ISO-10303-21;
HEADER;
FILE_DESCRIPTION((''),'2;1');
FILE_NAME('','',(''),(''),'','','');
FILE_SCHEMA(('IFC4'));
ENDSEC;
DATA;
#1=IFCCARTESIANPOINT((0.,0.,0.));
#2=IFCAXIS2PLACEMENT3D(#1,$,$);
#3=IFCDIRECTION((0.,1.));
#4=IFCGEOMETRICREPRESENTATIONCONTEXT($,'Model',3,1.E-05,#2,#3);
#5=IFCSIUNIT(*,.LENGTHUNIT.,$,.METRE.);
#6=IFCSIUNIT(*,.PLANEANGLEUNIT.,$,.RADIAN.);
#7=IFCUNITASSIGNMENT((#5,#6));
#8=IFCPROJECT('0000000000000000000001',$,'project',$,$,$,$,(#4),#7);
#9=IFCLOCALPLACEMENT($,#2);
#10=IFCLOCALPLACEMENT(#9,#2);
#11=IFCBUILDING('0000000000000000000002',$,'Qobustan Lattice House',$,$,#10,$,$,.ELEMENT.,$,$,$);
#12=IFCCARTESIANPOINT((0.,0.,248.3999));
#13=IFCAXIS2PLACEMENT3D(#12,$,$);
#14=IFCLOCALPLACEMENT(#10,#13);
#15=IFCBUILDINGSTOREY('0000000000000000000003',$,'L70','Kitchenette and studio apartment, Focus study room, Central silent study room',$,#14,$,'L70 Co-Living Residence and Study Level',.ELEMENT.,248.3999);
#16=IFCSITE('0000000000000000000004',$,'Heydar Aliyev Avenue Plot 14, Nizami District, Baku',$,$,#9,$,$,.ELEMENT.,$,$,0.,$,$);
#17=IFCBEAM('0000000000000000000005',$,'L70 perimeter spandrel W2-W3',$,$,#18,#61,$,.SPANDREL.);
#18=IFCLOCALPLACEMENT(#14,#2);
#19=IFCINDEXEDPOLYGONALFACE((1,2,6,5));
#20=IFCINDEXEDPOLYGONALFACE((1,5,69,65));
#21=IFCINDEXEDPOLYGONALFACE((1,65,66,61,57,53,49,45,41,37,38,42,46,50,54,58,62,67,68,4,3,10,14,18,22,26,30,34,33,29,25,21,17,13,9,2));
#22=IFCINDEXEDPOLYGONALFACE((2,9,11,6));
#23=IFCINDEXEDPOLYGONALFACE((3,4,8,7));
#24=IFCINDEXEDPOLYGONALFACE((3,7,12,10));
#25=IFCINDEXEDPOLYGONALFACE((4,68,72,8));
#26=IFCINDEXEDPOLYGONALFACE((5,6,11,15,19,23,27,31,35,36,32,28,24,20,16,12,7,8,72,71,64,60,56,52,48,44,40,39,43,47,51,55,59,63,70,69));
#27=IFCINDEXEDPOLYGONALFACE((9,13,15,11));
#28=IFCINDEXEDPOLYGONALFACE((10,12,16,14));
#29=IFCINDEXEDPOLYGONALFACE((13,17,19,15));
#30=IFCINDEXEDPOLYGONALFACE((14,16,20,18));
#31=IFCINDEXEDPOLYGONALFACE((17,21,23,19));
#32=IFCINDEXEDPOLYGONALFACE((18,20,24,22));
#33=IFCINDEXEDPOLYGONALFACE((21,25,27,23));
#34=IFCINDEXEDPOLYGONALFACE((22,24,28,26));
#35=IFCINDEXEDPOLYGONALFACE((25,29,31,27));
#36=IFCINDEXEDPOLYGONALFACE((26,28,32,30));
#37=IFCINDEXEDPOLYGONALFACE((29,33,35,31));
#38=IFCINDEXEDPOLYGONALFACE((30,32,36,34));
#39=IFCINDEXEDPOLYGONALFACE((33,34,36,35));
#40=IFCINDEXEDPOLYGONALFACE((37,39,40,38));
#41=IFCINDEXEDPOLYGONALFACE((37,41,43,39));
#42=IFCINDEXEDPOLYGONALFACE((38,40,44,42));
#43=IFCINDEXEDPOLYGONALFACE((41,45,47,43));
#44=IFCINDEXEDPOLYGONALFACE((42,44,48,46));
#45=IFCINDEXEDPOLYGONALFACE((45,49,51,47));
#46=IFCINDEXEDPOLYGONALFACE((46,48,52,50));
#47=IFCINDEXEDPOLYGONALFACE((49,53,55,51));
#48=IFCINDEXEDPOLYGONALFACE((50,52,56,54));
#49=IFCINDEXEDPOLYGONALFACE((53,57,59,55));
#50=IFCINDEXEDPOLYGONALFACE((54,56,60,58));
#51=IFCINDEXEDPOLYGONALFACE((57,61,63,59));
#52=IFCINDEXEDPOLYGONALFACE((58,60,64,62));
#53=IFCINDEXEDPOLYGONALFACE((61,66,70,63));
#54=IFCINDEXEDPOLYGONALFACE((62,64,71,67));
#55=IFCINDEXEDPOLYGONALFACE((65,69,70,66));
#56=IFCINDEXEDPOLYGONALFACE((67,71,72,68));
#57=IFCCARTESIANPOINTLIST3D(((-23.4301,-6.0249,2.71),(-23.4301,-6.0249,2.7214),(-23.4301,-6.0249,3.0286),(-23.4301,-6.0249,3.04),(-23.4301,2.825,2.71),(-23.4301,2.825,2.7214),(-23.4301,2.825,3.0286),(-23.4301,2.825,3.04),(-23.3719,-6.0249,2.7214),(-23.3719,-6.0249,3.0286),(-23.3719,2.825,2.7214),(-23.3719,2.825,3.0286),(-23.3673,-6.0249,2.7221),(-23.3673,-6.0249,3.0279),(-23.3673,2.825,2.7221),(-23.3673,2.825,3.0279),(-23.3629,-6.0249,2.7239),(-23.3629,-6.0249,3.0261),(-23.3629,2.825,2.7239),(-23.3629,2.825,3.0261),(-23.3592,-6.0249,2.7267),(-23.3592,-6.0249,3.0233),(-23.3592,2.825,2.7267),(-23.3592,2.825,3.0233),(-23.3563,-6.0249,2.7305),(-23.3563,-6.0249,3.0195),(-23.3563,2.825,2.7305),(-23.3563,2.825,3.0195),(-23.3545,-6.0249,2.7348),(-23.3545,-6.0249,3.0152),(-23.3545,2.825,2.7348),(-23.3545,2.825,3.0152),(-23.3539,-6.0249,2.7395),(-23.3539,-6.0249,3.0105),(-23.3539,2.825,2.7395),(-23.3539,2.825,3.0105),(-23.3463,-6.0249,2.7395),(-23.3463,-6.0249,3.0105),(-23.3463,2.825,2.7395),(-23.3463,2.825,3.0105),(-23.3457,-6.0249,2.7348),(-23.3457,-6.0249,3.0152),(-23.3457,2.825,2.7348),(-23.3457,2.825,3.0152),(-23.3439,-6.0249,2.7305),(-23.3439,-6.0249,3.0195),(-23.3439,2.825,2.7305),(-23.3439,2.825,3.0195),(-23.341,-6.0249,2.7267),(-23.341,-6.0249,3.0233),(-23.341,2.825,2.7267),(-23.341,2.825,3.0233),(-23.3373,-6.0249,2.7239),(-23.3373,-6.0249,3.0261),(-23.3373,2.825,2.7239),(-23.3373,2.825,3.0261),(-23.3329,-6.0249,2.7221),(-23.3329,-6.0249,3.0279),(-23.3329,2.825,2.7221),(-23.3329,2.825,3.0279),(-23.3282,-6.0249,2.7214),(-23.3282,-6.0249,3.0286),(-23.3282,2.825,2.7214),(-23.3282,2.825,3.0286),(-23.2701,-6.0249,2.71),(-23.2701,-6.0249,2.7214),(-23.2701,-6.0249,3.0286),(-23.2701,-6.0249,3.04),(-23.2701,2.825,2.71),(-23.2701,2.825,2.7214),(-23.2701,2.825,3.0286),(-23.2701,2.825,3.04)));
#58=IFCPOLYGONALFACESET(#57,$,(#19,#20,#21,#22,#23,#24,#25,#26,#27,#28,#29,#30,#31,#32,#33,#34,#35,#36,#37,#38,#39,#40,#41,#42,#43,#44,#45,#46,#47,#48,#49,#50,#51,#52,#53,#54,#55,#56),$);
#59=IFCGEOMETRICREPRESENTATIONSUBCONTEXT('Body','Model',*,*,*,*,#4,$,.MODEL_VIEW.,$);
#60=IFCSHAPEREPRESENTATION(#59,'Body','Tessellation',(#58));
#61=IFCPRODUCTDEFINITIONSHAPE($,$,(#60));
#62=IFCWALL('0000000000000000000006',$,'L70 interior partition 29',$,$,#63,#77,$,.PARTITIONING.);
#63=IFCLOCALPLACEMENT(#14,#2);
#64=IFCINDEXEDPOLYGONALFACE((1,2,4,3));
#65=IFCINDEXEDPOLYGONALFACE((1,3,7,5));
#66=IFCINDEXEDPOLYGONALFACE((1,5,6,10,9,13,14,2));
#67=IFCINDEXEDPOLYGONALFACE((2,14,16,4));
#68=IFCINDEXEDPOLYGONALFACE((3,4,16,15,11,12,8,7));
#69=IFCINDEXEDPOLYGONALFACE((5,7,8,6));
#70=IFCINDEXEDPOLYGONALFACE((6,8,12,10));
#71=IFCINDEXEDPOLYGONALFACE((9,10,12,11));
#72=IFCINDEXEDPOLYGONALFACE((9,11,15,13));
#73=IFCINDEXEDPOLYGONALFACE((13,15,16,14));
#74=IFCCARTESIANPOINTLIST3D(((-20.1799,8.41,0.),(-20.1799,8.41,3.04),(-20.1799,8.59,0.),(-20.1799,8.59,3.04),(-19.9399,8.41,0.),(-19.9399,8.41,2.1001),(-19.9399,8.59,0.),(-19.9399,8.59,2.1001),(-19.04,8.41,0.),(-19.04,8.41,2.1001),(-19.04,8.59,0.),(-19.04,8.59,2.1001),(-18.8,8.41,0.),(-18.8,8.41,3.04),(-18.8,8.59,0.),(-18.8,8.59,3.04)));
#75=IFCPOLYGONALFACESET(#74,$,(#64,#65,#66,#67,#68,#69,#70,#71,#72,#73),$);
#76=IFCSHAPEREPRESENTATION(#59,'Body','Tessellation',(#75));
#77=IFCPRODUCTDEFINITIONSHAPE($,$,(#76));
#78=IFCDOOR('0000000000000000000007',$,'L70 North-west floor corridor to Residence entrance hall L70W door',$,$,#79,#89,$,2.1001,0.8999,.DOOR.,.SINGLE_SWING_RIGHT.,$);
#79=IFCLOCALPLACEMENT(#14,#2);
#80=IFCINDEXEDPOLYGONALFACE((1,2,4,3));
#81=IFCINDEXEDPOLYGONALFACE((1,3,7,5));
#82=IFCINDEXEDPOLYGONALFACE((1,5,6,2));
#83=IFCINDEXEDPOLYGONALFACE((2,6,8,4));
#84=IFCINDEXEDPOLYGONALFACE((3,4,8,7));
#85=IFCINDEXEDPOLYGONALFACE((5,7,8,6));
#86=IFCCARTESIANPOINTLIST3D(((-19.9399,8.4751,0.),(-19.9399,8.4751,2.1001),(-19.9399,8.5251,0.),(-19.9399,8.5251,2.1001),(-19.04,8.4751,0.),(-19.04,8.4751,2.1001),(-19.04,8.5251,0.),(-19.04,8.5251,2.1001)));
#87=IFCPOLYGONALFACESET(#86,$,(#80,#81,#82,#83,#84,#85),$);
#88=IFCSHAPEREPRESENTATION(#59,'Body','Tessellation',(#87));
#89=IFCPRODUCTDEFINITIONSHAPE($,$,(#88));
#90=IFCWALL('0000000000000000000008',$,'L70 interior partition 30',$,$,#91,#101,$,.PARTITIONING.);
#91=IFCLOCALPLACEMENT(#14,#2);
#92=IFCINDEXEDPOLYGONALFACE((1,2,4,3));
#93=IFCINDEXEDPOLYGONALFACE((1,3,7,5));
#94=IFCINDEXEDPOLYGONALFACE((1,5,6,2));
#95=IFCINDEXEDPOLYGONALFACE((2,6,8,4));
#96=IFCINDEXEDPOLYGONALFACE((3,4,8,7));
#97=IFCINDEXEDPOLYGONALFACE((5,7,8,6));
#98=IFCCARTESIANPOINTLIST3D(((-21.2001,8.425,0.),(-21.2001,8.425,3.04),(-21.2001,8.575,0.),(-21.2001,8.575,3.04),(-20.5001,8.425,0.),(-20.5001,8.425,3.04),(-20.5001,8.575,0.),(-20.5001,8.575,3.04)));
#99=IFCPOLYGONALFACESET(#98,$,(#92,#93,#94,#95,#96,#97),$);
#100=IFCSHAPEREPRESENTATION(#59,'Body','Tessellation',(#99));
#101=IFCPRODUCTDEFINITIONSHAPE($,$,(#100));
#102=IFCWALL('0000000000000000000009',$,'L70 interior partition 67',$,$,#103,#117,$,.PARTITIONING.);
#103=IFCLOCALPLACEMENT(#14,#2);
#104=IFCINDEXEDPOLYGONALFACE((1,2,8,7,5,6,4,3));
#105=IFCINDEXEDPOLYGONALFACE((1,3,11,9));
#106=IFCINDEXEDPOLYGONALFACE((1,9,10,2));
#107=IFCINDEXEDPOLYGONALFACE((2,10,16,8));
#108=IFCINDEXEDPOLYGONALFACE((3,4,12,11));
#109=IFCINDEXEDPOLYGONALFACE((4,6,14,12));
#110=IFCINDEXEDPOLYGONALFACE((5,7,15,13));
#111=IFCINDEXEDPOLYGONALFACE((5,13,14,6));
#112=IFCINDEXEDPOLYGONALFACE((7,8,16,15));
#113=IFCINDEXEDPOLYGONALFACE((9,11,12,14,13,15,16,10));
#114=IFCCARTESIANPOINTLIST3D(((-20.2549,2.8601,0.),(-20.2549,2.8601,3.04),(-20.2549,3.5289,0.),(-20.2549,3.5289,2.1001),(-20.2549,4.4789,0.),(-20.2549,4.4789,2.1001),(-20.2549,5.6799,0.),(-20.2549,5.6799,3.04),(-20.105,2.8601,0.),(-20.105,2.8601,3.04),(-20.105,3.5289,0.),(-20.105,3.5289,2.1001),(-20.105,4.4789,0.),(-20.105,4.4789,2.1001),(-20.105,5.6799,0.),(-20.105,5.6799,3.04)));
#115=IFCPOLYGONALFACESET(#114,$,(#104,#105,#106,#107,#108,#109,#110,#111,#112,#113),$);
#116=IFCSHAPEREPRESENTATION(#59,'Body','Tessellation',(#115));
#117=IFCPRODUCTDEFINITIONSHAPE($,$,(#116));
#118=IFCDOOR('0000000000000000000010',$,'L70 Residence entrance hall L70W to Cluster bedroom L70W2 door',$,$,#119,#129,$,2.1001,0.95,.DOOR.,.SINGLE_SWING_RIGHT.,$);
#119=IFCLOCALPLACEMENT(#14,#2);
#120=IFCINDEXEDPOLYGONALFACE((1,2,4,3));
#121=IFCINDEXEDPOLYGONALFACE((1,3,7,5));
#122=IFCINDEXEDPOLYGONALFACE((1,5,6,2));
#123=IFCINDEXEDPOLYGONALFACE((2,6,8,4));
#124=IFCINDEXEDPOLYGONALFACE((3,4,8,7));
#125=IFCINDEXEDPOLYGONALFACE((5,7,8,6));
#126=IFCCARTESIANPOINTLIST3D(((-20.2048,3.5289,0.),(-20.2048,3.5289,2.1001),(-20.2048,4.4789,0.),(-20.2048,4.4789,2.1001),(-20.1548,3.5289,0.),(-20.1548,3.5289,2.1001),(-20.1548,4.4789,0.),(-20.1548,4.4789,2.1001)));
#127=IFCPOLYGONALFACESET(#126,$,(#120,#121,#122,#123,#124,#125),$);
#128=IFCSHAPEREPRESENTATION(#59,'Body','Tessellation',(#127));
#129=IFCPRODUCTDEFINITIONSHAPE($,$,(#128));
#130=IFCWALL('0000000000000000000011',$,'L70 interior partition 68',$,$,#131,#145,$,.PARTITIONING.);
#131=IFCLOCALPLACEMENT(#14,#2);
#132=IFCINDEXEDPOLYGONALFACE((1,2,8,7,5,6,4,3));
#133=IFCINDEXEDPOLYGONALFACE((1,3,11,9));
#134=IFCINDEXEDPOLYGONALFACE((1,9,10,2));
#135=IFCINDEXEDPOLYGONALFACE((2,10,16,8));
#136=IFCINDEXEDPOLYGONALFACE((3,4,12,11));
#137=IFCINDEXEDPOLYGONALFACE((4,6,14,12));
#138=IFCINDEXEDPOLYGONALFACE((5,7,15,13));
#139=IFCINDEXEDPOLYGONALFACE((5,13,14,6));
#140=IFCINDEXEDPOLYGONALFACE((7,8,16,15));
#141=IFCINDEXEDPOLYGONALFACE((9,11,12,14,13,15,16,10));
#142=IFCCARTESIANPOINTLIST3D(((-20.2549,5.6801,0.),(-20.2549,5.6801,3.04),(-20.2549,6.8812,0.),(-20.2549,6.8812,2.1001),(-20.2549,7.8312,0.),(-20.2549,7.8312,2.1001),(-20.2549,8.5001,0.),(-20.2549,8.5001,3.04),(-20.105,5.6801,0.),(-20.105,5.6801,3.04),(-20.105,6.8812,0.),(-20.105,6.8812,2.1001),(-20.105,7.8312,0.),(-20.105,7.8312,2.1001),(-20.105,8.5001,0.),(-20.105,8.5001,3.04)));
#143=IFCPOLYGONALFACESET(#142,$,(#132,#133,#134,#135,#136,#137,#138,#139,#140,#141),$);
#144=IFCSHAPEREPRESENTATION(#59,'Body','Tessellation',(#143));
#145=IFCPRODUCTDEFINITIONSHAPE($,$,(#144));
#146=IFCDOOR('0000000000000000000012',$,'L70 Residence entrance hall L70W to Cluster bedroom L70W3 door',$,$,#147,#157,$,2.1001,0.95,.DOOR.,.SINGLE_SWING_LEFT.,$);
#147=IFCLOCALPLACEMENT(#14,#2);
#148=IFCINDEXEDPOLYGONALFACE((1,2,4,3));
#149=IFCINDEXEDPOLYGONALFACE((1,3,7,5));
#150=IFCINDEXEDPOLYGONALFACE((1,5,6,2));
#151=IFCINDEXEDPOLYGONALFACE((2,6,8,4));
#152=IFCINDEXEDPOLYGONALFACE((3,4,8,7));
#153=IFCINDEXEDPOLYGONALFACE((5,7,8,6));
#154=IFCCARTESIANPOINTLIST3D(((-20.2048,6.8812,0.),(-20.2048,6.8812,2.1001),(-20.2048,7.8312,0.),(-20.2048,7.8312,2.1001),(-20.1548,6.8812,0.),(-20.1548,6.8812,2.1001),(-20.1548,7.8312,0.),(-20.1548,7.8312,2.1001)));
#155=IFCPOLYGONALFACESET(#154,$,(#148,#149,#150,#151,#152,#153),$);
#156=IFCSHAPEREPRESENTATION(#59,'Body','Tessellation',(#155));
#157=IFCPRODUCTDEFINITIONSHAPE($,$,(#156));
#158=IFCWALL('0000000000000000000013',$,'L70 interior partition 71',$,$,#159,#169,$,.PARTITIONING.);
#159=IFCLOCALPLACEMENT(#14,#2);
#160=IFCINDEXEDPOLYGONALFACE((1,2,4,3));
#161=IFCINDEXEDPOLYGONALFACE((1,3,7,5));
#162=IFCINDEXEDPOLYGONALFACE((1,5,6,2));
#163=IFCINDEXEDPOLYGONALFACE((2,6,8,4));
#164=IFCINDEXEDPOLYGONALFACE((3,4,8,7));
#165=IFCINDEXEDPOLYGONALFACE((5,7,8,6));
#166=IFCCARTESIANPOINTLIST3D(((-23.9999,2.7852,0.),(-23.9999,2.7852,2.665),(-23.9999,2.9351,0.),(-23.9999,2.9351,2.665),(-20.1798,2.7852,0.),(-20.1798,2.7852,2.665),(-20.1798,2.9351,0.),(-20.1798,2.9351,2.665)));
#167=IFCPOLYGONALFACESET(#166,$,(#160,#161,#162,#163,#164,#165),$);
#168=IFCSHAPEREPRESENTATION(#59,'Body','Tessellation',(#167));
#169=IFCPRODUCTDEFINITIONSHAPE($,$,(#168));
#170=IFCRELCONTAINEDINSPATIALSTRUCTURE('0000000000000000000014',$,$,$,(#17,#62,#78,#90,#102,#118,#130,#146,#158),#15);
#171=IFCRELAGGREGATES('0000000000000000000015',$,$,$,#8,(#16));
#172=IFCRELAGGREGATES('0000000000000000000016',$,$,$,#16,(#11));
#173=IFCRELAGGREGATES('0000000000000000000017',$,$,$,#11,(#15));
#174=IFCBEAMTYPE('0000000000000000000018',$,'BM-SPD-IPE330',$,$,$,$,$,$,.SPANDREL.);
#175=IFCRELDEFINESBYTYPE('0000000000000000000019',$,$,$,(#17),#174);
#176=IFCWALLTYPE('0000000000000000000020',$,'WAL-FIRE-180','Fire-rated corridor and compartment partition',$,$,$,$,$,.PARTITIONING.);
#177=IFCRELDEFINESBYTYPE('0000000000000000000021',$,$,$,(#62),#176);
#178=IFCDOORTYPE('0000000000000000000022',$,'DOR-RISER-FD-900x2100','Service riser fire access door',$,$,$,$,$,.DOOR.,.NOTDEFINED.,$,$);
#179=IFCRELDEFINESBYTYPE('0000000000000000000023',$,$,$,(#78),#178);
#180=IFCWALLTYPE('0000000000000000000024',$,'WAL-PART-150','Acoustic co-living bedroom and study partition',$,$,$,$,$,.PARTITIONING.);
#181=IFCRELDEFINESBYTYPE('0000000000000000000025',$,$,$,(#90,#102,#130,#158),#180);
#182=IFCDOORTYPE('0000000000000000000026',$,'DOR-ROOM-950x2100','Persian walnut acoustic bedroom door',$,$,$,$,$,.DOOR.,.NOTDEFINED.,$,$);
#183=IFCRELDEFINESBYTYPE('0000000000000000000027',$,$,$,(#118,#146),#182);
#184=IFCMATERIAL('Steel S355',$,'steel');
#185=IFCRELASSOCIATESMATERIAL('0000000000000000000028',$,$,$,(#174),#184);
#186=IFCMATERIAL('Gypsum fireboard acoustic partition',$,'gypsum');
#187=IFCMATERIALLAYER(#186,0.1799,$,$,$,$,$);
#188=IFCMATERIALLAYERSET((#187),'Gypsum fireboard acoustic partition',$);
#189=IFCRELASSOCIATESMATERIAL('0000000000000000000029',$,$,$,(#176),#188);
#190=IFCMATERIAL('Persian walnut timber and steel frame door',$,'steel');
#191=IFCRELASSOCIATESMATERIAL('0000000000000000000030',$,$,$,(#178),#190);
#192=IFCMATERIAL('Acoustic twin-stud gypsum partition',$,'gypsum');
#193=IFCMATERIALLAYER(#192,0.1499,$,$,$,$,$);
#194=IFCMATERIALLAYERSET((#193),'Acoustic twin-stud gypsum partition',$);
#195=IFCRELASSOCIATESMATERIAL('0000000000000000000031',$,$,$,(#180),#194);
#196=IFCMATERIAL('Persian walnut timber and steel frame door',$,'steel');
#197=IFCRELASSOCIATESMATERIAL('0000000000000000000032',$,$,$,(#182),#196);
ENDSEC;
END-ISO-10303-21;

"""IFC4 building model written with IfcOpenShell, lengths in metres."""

from ifc_helpers import new_model, si_unit, direction, frame, frame_2d, origin, origin_2d, place, context, subcontext, project, spatial, rectangle, i_section, extrude, material, layer, layer_set, material_profile, profile_set, type_object, element, fill, save


model = new_model("IFC4")

# Units and contexts
model_context = context("Model", 3, precision=1e-05, world=origin(), true_north=direction((0.0, 1.0)))
body_context = subcontext(model_context, "Body", "Model", "MODEL_VIEW")
ifc_project = project(units=[si_unit("LENGTHUNIT", "METRE"), si_unit("PLANEANGLEUNIT", "RADIAN")], contexts=[model_context])

# Site, building, storey
site_placement = place(None, origin())
site = spatial("IfcSite", under=ifc_project, at=site_placement, Name="Heydar Aliyev Avenue Plot 14, Nizami District, Baku", CompositionType="ELEMENT", RefElevation=0.0)
building_placement = place(site_placement, origin())
building = spatial("IfcBuilding", under=site, at=building_placement, Name="Qobustan Lattice House", CompositionType="ELEMENT")
storey_placement = place(building_placement, frame((0.0, 0.0, 248.3999)))
storey = spatial("IfcBuildingStorey", under=building, at=storey_placement, Name="L70", Description="Kitchenette and studio apartment, Focus study room, Central silent study room", LongName="L70 Co-Living Residence and Study Level", CompositionType="ELEMENT", Elevation=248.3999)

# Beam
ifc_material_1 = material(Name="Steel S355", Category="steel")
ifc_material_profile_1 = material_profile(ifc_material_1, i_section(OverallWidth=0.1599, OverallDepth=0.3301, WebThickness=0.0076, FlangeThickness=0.0115, FilletRadius=0.0181, at=origin_2d()), Name="IPE330")
ifc_profile_set_1 = profile_set([ifc_material_profile_1], Name="Steel S355")
beam_type_1 = type_object("IfcBeamType", Name="BM-SPD-IPE330", PredefinedType="SPANDREL", material=ifc_profile_set_1)
beam_1_placement = place(storey_placement, frame((-23.3501, 2.825, 2.875), z_axis=(0.0, -1.0, 0.0), x_axis=(1.0, 0.0, 0.0)))
element("IfcBeam", 1, at=beam_1_placement, inside=storey, type_object=beam_type_1, Name="L70 perimeter spandrel W2-W3", PredefinedType="SPANDREL", context=body_context, shape_type="SweptSolid", body=[
    extrude(i_section(OverallWidth=0.1599, OverallDepth=0.3301, WebThickness=0.0076, FlangeThickness=0.0115, FilletRadius=0.0181, at=origin_2d()), origin(), (0.0, 0.0, 1.0), 8.8499),
])

# Wall, opening, door
ifc_material_2 = material(Name="Gypsum fireboard acoustic partition", Category="gypsum")
ifc_layer_1 = layer(ifc_material_2, 0.1799)
ifc_layer_set_1 = layer_set([ifc_layer_1], Name="Gypsum fireboard acoustic partition")
wall_type_1 = type_object("IfcWallType", Name="WAL-FIRE-180", Description="Fire-rated corridor and compartment partition", PredefinedType="PARTITIONING", material=ifc_layer_set_1)
wall_1_placement = place(storey_placement, frame((-18.8, 8.5, 0.0), z_axis=(0.0, 0.0, 1.0), x_axis=(-1.0, 0.0, 0.0)))
wall_1 = element("IfcWall", 2, at=wall_1_placement, inside=storey, type_object=wall_type_1, Name="L70 interior partition 29", PredefinedType="PARTITIONING", context=body_context, shape_type="SweptSolid", body=[
    extrude(rectangle(XDim=1.3799, YDim=0.1799, at=frame_2d((0.6899, 0.0))), origin(), (0.0, 0.0, 1.0), 3.04),
])
opening_1_placement = place(wall_1_placement, frame((0.24, 0.0, 0.0)))
opening_1 = element("IfcOpeningElement", 3, at=opening_1_placement, cuts=wall_1, PredefinedType="OPENING", context=body_context, shape_type="SweptSolid", body=[
    extrude(rectangle(XDim=0.8999, YDim=2.1001, at=frame_2d((0.45, 1.05))), frame((0.0, 0.0999, 0.0), z_axis=(0.0, -1.0, 0.0), x_axis=(1.0, 0.0, 0.0)), (0.0, 0.0, 1.0), 0.2),
])
ifc_material_3 = material(Name="Persian walnut timber and steel frame door", Category="steel")
door_type_1 = type_object("IfcDoorType", Name="DOR-RISER-FD-900x2100", Description="Service riser fire access door", OperationType="NOTDEFINED", PredefinedType="DOOR", material=ifc_material_3)
door_1_placement = place(opening_1_placement, origin())
door_1 = element("IfcDoor", 4, at=door_1_placement, inside=storey, type_object=door_type_1, Name="L70 North-west floor corridor to Residence entrance hall L70W door", OperationType="SINGLE_SWING_RIGHT", OverallHeight=2.1001, OverallWidth=0.8999, PredefinedType="DOOR", context=body_context, shape_type="SweptSolid", body=[
    extrude(rectangle(XDim=0.8999, YDim=2.1001, at=frame_2d((0.45, 1.05))), frame((0.0, 0.0249, 0.0), z_axis=(0.0, -1.0, 0.0), x_axis=(1.0, 0.0, 0.0)), (0.0, 0.0, 1.0), 0.05),
])
fill(opening_1, door_1)

# Wall
ifc_material_4 = material(Name="Acoustic twin-stud gypsum partition", Category="gypsum")
ifc_layer_2 = layer(ifc_material_4, 0.1499)
ifc_layer_set_2 = layer_set([ifc_layer_2], Name="Acoustic twin-stud gypsum partition")
wall_type_2 = type_object("IfcWallType", Name="WAL-PART-150", Description="Acoustic co-living bedroom and study partition", PredefinedType="PARTITIONING", material=ifc_layer_set_2)
wall_2_placement = place(storey_placement, frame((-20.5, 8.5, 0.0), z_axis=(0.0, 0.0, 1.0), x_axis=(-1.0, 0.0, 0.0)))
element("IfcWall", 5, at=wall_2_placement, inside=storey, type_object=wall_type_2, Name="L70 interior partition 30", PredefinedType="PARTITIONING", context=body_context, shape_type="SweptSolid", body=[
    extrude(rectangle(XDim=0.7, YDim=0.1499, at=frame_2d((0.3501, 0.0))), origin(), (0.0, 0.0, 1.0), 3.04),
])

# Walls, openings, doors
wall_3_placement = place(storey_placement, frame((-20.1799, 2.8601, 0.0), z_axis=(0.0, 0.0, 1.0), x_axis=(0.0, 1.0, 0.0)))
wall_3 = element("IfcWall", 6, at=wall_3_placement, inside=storey, type_object=wall_type_2, Name="L70 interior partition 67", PredefinedType="PARTITIONING", context=body_context, shape_type="SweptSolid", body=[
    extrude(rectangle(XDim=2.8198, YDim=0.1499, at=frame_2d((1.4099, 0.0))), origin(), (0.0, 0.0, 1.0), 3.04),
])
opening_2_placement = place(wall_3_placement, frame((0.6687, 0.0, 0.0)))
opening_2 = element("IfcOpeningElement", 7, at=opening_2_placement, cuts=wall_3, PredefinedType="OPENING", context=body_context, shape_type="SweptSolid", body=[
    extrude(rectangle(XDim=0.95, YDim=2.1001, at=frame_2d((0.4751, 1.05))), frame((0.0, 0.085, 0.0), z_axis=(0.0, -1.0, 0.0), x_axis=(1.0, 0.0, 0.0)), (0.0, 0.0, 1.0), 0.1699),
])
ifc_material_5 = material(Name="Persian walnut timber and steel frame door", Category="steel")
door_type_2 = type_object("IfcDoorType", Name="DOR-ROOM-950x2100", Description="Persian walnut acoustic bedroom door", OperationType="NOTDEFINED", PredefinedType="DOOR", material=ifc_material_5)
door_2_placement = place(opening_2_placement, origin())
door_2 = element("IfcDoor", 8, at=door_2_placement, inside=storey, type_object=door_type_2, Name="L70 Residence entrance hall L70W to Cluster bedroom L70W2 door", OperationType="SINGLE_SWING_RIGHT", OverallHeight=2.1001, OverallWidth=0.95, PredefinedType="DOOR", context=body_context, shape_type="SweptSolid", body=[
    extrude(rectangle(XDim=0.95, YDim=2.1001, at=frame_2d((0.4751, 1.05))), frame((0.0, 0.0249, 0.0), z_axis=(0.0, -1.0, 0.0), x_axis=(1.0, 0.0, 0.0)), (0.0, 0.0, 1.0), 0.05),
])
fill(opening_2, door_2)
wall_4_placement = place(storey_placement, frame((-20.1799, 5.6799, 0.0), z_axis=(0.0, 0.0, 1.0), x_axis=(0.0, 1.0, 0.0)))
wall_4 = element("IfcWall", 9, at=wall_4_placement, inside=storey, type_object=wall_type_2, Name="L70 interior partition 68", PredefinedType="PARTITIONING", context=body_context, shape_type="SweptSolid", body=[
    extrude(rectangle(XDim=2.8201, YDim=0.1499, at=frame_2d((1.4102, 0.0))), origin(), (0.0, 0.0, 1.0), 3.04),
])
opening_3_placement = place(wall_4_placement, frame((1.2012, 0.0, 0.0)))
opening_3 = element("IfcOpeningElement", 10, at=opening_3_placement, cuts=wall_4, PredefinedType="OPENING", context=body_context, shape_type="SweptSolid", body=[
    extrude(rectangle(XDim=0.95, YDim=2.1001, at=frame_2d((0.4751, 1.05))), frame((0.0, 0.085, 0.0), z_axis=(0.0, -1.0, 0.0), x_axis=(1.0, 0.0, 0.0)), (0.0, 0.0, 1.0), 0.1699),
])
door_3_placement = place(opening_3_placement, origin())
door_3 = element("IfcDoor", 11, at=door_3_placement, inside=storey, type_object=door_type_2, Name="L70 Residence entrance hall L70W to Cluster bedroom L70W3 door", OperationType="SINGLE_SWING_LEFT", OverallHeight=2.1001, OverallWidth=0.95, PredefinedType="DOOR", context=body_context, shape_type="SweptSolid", body=[
    extrude(rectangle(XDim=0.95, YDim=2.1001, at=frame_2d((0.4751, 1.05))), frame((0.0, 0.0249, 0.0), z_axis=(0.0, -1.0, 0.0), x_axis=(1.0, 0.0, 0.0)), (0.0, 0.0, 1.0), 0.05),
])
fill(opening_3, door_3)

# Wall
wall_5_placement = place(storey_placement, frame((-24.0, 2.8601, 0.0), z_axis=(0.0, 0.0, 1.0), x_axis=(1.0, 0.0, 0.0)))
element("IfcWall", 12, at=wall_5_placement, inside=storey, type_object=wall_type_2, Name="L70 interior partition 71", PredefinedType="PARTITIONING", context=body_context, shape_type="SweptSolid", body=[
    extrude(rectangle(XDim=3.8201, YDim=0.1499, at=frame_2d((1.9102, 0.0))), origin(), (0.0, 0.0, 1.0), 2.665),
])

save(model, "model.ifc")
